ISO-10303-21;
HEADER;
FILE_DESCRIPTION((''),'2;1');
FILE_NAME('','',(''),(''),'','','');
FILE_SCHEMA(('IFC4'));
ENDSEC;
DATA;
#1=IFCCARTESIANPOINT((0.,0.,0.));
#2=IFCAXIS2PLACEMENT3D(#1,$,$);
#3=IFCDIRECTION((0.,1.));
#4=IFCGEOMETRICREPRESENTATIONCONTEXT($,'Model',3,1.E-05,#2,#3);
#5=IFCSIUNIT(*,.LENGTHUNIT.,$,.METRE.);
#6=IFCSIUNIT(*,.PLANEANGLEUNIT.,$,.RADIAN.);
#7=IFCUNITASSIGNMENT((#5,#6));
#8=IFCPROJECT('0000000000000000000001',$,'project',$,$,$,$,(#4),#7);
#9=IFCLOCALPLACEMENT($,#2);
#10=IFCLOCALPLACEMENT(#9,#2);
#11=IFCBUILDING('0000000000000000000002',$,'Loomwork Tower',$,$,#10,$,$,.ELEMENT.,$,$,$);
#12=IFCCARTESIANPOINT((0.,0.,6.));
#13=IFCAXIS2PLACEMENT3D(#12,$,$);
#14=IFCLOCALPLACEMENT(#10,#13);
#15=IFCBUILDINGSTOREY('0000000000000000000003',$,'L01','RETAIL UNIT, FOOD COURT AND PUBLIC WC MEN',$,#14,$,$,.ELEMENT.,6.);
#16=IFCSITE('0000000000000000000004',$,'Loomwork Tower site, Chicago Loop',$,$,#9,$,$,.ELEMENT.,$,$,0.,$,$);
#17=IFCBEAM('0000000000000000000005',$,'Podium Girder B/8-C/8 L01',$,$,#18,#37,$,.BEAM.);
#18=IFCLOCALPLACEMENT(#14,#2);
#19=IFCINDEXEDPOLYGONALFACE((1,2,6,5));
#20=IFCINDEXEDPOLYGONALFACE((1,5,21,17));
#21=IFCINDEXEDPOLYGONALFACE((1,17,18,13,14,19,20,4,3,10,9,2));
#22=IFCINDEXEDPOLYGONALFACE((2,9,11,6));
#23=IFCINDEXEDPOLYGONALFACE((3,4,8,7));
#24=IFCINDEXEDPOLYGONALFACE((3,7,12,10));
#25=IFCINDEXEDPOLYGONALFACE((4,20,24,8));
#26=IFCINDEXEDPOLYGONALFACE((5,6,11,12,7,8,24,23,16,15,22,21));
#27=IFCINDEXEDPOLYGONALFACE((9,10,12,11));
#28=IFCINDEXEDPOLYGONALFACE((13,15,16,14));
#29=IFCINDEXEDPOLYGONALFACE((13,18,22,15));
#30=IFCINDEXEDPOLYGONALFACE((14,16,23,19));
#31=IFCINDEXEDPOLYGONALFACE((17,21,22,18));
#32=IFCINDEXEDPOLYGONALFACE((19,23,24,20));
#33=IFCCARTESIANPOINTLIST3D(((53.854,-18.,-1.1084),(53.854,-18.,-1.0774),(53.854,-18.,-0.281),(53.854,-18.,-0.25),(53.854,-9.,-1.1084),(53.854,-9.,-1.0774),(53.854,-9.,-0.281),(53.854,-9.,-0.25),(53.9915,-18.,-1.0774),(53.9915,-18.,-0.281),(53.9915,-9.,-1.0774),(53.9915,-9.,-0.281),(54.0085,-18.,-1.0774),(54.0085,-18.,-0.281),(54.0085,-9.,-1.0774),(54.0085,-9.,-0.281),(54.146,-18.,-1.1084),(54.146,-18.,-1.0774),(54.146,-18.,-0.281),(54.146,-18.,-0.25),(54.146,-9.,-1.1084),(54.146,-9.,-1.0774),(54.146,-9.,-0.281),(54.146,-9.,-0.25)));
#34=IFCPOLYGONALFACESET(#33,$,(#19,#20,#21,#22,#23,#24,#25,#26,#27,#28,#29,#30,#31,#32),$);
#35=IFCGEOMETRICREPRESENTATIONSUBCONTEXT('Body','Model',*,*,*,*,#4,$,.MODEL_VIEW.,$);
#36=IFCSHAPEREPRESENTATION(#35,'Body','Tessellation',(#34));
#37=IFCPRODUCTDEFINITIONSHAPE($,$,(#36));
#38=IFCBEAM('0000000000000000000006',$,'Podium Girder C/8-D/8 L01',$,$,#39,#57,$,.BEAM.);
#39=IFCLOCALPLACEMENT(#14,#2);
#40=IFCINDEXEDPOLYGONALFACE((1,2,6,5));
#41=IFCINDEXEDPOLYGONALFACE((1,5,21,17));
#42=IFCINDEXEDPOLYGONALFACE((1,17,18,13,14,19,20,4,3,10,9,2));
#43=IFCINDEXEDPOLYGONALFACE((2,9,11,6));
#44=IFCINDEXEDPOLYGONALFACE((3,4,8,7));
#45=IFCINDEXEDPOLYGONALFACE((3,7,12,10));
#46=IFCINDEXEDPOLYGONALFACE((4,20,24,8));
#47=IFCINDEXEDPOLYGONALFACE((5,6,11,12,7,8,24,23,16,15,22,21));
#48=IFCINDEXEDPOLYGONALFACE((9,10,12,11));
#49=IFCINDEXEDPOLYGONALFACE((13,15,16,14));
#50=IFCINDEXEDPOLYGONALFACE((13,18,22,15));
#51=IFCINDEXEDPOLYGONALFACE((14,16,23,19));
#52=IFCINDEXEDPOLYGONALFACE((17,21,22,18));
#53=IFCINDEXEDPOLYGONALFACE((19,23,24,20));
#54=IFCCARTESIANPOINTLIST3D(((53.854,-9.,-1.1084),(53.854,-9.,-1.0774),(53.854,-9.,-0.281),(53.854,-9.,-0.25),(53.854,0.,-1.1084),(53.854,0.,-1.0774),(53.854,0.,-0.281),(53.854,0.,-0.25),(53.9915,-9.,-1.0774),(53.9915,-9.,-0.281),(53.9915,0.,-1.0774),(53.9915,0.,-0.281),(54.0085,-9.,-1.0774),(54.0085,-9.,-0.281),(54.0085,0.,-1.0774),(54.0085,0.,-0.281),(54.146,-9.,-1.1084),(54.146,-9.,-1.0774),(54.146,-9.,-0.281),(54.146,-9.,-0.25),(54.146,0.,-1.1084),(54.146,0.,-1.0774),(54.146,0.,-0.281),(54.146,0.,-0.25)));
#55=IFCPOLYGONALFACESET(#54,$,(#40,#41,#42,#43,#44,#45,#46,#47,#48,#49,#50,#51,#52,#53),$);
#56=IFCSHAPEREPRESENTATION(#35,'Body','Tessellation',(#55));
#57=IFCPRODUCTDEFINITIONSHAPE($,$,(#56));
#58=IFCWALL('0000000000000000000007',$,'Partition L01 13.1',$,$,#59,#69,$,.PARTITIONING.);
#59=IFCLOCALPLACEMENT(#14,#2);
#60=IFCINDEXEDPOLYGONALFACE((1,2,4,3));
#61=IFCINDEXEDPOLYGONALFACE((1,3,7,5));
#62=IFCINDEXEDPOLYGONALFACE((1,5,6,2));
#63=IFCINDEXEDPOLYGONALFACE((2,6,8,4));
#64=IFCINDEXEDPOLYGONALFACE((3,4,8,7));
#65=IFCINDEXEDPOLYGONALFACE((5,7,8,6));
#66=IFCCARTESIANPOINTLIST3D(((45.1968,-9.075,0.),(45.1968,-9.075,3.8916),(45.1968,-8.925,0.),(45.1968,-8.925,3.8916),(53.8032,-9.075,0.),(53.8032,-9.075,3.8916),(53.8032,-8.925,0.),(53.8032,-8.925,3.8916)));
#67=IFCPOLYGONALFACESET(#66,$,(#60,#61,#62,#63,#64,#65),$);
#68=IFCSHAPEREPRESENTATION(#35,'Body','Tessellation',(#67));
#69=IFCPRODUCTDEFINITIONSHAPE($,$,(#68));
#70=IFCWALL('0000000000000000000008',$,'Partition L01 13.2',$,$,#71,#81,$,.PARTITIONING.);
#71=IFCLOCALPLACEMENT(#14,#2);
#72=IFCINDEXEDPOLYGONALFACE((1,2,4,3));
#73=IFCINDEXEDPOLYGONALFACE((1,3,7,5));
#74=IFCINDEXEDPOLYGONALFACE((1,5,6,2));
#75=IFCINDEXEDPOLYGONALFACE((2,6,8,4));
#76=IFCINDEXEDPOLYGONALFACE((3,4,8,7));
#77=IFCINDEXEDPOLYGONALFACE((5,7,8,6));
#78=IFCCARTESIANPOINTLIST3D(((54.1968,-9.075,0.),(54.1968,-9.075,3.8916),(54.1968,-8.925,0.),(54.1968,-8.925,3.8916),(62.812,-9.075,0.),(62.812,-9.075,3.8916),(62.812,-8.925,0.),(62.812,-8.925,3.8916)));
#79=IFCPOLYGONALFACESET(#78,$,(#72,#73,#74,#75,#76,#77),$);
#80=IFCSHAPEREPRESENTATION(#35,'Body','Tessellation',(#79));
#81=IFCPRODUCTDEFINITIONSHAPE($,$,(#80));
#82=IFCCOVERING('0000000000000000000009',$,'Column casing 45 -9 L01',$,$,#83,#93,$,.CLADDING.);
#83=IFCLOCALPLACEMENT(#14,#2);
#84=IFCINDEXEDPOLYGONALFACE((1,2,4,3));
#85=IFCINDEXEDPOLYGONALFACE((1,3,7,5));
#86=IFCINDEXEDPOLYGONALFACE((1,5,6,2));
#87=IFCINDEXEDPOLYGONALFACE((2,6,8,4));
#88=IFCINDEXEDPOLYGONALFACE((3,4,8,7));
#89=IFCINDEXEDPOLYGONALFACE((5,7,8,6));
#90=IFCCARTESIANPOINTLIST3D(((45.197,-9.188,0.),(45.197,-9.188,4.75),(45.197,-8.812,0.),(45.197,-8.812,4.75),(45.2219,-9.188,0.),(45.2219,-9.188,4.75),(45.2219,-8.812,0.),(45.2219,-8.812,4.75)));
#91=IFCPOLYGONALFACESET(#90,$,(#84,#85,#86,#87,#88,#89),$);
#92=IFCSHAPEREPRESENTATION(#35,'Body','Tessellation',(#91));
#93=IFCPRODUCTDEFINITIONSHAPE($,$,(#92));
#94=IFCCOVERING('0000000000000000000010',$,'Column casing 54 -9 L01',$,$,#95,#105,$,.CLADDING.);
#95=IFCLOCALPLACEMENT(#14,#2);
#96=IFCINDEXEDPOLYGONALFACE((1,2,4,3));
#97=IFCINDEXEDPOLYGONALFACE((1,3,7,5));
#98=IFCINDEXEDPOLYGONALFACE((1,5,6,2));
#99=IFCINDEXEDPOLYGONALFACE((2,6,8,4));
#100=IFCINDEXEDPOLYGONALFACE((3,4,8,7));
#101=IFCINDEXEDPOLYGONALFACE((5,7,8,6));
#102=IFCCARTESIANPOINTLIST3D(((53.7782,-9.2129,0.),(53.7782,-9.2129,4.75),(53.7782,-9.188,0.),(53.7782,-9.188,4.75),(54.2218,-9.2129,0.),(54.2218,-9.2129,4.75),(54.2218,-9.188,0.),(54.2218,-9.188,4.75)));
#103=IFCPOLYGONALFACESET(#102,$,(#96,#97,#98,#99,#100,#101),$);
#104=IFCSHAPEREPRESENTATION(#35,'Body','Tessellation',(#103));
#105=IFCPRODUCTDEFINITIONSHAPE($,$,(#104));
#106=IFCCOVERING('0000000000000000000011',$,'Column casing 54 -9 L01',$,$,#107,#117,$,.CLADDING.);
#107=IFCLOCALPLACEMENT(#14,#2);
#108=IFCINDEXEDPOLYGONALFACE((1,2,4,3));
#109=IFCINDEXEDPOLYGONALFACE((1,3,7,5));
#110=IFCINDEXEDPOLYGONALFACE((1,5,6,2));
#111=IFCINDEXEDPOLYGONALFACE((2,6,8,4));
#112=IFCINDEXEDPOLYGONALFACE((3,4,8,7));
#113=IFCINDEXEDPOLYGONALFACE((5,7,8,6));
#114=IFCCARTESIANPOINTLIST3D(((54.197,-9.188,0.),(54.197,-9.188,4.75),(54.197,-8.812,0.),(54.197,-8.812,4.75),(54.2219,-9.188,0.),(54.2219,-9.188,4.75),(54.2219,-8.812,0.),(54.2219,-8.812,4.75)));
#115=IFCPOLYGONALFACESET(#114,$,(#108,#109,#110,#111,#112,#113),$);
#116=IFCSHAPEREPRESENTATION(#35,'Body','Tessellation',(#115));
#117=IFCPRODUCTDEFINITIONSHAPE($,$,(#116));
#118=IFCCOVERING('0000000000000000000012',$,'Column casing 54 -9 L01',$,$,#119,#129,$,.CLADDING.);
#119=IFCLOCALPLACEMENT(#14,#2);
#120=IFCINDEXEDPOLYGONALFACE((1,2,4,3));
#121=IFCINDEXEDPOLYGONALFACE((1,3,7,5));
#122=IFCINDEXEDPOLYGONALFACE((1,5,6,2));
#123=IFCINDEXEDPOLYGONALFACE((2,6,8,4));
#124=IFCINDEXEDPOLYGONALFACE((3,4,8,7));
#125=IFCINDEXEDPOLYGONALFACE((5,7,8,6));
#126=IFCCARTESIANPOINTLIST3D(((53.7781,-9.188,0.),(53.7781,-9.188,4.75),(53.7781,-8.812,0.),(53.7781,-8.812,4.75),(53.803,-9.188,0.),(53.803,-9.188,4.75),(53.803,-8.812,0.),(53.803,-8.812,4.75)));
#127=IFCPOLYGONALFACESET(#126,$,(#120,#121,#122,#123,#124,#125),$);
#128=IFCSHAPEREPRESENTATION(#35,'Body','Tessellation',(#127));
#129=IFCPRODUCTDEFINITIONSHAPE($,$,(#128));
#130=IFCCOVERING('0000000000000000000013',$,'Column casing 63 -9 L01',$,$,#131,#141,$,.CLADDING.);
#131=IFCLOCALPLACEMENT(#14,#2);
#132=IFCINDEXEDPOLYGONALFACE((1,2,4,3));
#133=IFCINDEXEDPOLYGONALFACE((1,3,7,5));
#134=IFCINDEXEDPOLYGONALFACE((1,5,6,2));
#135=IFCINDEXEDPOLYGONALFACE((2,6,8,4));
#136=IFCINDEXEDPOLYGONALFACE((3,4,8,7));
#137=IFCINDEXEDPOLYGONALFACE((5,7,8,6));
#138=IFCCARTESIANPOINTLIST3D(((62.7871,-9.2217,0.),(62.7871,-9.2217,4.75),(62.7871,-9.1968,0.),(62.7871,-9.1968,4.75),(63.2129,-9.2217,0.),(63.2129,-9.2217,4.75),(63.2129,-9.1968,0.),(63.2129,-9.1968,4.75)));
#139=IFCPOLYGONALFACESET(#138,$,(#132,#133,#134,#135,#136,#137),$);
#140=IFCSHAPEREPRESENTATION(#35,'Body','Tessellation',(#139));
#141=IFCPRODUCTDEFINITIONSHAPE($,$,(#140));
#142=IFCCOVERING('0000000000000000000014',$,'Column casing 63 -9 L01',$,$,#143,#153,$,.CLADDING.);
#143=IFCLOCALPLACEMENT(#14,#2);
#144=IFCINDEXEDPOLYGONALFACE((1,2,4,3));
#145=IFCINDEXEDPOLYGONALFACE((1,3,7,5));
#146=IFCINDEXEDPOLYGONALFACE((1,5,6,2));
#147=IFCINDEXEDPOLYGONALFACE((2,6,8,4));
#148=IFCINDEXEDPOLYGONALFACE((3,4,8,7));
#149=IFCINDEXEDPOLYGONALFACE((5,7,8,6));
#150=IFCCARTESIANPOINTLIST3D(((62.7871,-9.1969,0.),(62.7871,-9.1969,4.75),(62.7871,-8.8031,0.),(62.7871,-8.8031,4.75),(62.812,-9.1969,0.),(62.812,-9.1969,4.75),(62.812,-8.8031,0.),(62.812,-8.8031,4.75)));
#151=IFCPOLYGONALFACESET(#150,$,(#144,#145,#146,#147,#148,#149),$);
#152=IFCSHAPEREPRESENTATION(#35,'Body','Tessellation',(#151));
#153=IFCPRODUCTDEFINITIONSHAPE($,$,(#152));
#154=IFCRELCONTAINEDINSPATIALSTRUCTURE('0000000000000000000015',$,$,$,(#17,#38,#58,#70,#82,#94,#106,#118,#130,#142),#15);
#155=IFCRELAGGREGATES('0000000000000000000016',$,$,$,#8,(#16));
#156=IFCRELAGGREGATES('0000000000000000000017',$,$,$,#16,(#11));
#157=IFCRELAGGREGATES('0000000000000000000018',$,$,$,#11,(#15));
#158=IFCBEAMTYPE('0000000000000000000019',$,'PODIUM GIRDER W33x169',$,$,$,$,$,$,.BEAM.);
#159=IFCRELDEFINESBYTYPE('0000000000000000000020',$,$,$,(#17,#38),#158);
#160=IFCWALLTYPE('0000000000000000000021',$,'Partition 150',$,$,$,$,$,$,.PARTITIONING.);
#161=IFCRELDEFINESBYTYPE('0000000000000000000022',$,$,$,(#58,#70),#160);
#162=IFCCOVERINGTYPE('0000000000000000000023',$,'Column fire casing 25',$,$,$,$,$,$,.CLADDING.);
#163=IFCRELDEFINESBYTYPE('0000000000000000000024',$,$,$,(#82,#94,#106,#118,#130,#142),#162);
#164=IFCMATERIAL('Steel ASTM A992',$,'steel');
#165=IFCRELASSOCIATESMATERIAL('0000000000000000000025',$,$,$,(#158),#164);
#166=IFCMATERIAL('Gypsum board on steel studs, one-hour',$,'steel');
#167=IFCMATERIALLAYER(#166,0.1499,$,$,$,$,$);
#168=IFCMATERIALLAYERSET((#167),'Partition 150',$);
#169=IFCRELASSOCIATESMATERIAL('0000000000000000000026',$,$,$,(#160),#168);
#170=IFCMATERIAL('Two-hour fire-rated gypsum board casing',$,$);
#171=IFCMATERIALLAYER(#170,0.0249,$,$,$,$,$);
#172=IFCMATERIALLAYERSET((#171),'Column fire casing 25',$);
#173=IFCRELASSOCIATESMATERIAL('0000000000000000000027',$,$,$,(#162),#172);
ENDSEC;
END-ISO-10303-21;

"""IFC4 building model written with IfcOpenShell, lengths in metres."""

from ifc_helpers import new_model, si_unit, direction, frame, frame_2d, origin, origin_2d, place, context, subcontext, project, spatial, rectangle, i_section, extrude, material, layer, layer_set, material_profile, profile_set, type_object, element, save


model = new_model("IFC4")

# Units and contexts
model_context = context("Model", 3, precision=1e-05, world=origin(), true_north=direction((0.0, 1.0)))
body_context = subcontext(model_context, "Body", "Model", "MODEL_VIEW")
ifc_project = project(units=[si_unit("LENGTHUNIT", "METRE"), si_unit("PLANEANGLEUNIT", "RADIAN")], contexts=[model_context])

# Site, building, storey
site_placement = place(None, origin())
site = spatial("IfcSite", under=ifc_project, at=site_placement, Name="Loomwork Tower site, Chicago Loop", CompositionType="ELEMENT", RefElevation=0.0)
building_placement = place(site_placement, origin())
building = spatial("IfcBuilding", under=site, at=building_placement, Name="Loomwork Tower", CompositionType="ELEMENT")
storey_placement = place(building_placement, frame((0.0, 0.0, 6.0)))
storey = spatial("IfcBuildingStorey", under=building, at=storey_placement, Name="L01", Description="RETAIL UNIT, FOOD COURT AND PUBLIC WC MEN", CompositionType="ELEMENT", Elevation=6.0)

# Beams
ifc_material_1 = material(Name="Steel ASTM A992", Category="steel")
ifc_material_profile_1 = material_profile(ifc_material_1, i_section(OverallWidth=0.292, OverallDepth=0.8584, WebThickness=0.0171, FlangeThickness=0.031, at=origin_2d()), Name="W33x169")
ifc_profile_set_1 = profile_set([ifc_material_profile_1], Name="Steel ASTM A992")
beam_type_1 = type_object("IfcBeamType", Name="PODIUM GIRDER W33x169", PredefinedType="BEAM", material=ifc_profile_set_1)
for number, where, z_axis, x_axis, name in (
    (1, (54.0, -18.0, -0.6792), (0.0, 1.0, 0.0), (-1.0, 0.0, 0.0), "Podium Girder B/8-C/8 L01"),
    (2, (54.0, -9.0, -0.6792), (0.0, 1.0, 0.0), (-1.0, 0.0, 0.0), "Podium Girder C/8-D/8 L01"),
):
    element("IfcBeam", number, at=place(storey_placement, frame(where, z_axis=z_axis, x_axis=x_axis)), inside=storey, type_object=beam_type_1, Name=name, PredefinedType="BEAM", context=body_context, shape_type="SweptSolid", body=[
        extrude(i_section(OverallWidth=0.292, OverallDepth=0.8584, WebThickness=0.0171, FlangeThickness=0.031, at=origin_2d()), origin(), (0.0, 0.0, 1.0), 9.0),
    ])

# Walls
ifc_material_2 = material(Name="Gypsum board on steel studs, one-hour", Category="steel")
ifc_layer_1 = layer(ifc_material_2, 0.1499)
ifc_layer_set_1 = layer_set([ifc_layer_1], Name="Partition 150")
wall_type = type_object("IfcWallType", Name="Partition 150", PredefinedType="PARTITIONING", material=ifc_layer_set_1)
wall_1_placement = place(storey_placement, frame((45.1968, -9.0, 0.0), z_axis=(0.0, 0.0, 1.0), x_axis=(1.0, 0.0, 0.0)))
element("IfcWall", 3, at=wall_1_placement, inside=storey, type_object=wall_type, Name="Partition L01 13.1", PredefinedType="PARTITIONING", context=body_context, shape_type="SweptSolid", body=[
    extrude(rectangle(XDim=8.6064, YDim=0.1499, at=frame_2d((4.3032, 0.0))), origin(), (0.0, 0.0, 1.0), 3.8916),
])
wall_2_placement = place(storey_placement, frame((54.1968, -9.0, 0.0), z_axis=(0.0, 0.0, 1.0), x_axis=(1.0, 0.0, 0.0)))
element("IfcWall", 4, at=wall_2_placement, inside=storey, type_object=wall_type, Name="Partition L01 13.2", PredefinedType="PARTITIONING", context=body_context, shape_type="SweptSolid", body=[
    extrude(rectangle(XDim=8.6152, YDim=0.1499, at=frame_2d((4.3076, 0.0))), origin(), (0.0, 0.0, 1.0), 3.8916),
])

# Coverings
ifc_material_3 = material(Name="Two-hour fire-rated gypsum board casing")
ifc_layer_2 = layer(ifc_material_3, 0.0249)
ifc_layer_set_2 = layer_set([ifc_layer_2], Name="Column fire casing 25")
covering_type = type_object("IfcCoveringType", Name="Column fire casing 25", PredefinedType="CLADDING", material=ifc_layer_set_2)
covering_1_placement = place(storey_placement, frame((45.2095, -9.0, 0.0), z_axis=(0.0, 0.0, 1.0), x_axis=(1.0, 0.0, 0.0)))
element("IfcCovering", 5, at=covering_1_placement, inside=storey, type_object=covering_type, Name="Column casing 45 -9 L01", PredefinedType="CLADDING", context=body_context, shape_type="SweptSolid", body=[
    extrude(rectangle(XDim=0.0249, YDim=0.376, at=origin_2d()), origin(), (0.0, 0.0, 1.0), 4.75),
])
covering_2_placement = place(storey_placement, frame((54.0, -9.2004, 0.0), z_axis=(0.0, 0.0, 1.0), x_axis=(1.0, 0.0, 0.0)))
element("IfcCovering", 6, at=covering_2_placement, inside=storey, type_object=covering_type, Name="Column casing 54 -9 L01", PredefinedType="CLADDING", context=body_context, shape_type="SweptSolid", body=[
    extrude(rectangle(XDim=0.4436, YDim=0.0249, at=origin_2d()), origin(), (0.0, 0.0, 1.0), 4.75),
])
for number, where, z_axis, x_axis, name in (
    (7, (54.2095, -9.0, 0.0), (0.0, 0.0, 1.0), (1.0, 0.0, 0.0), "Column casing 54 -9 L01"),
    (8, (53.7905, -9.0, 0.0), (0.0, 0.0, 1.0), (1.0, 0.0, 0.0), "Column casing 54 -9 L01"),
):
    element("IfcCovering", number, at=place(storey_placement, frame(where, z_axis=z_axis, x_axis=x_axis)), inside=storey, type_object=covering_type, Name=name, PredefinedType="CLADDING", context=body_context, shape_type="SweptSolid", body=[
        extrude(rectangle(XDim=0.0249, YDim=0.376, at=origin_2d()), origin(), (0.0, 0.0, 1.0), 4.75),
    ])
covering_3_placement = place(storey_placement, frame((63.0, -9.2092, 0.0), z_axis=(0.0, 0.0, 1.0), x_axis=(1.0, 0.0, 0.0)))
element("IfcCovering", 9, at=covering_3_placement, inside=storey, type_object=covering_type, Name="Column casing 63 -9 L01", PredefinedType="CLADDING", context=body_context, shape_type="SweptSolid", body=[
    extrude(rectangle(XDim=0.4258, YDim=0.0249, at=origin_2d()), origin(), (0.0, 0.0, 1.0), 4.75),
])
covering_4_placement = place(storey_placement, frame((62.7996, -9.0, 0.0), z_axis=(0.0, 0.0, 1.0), x_axis=(1.0, 0.0, 0.0)))
element("IfcCovering", 10, at=covering_4_placement, inside=storey, type_object=covering_type, Name="Column casing 63 -9 L01", PredefinedType="CLADDING", context=body_context, shape_type="SweptSolid", body=[
    extrude(rectangle(XDim=0.0249, YDim=0.3938, at=origin_2d()), origin(), (0.0, 0.0, 1.0), 4.75),
])

save(model, "model.ifc")
